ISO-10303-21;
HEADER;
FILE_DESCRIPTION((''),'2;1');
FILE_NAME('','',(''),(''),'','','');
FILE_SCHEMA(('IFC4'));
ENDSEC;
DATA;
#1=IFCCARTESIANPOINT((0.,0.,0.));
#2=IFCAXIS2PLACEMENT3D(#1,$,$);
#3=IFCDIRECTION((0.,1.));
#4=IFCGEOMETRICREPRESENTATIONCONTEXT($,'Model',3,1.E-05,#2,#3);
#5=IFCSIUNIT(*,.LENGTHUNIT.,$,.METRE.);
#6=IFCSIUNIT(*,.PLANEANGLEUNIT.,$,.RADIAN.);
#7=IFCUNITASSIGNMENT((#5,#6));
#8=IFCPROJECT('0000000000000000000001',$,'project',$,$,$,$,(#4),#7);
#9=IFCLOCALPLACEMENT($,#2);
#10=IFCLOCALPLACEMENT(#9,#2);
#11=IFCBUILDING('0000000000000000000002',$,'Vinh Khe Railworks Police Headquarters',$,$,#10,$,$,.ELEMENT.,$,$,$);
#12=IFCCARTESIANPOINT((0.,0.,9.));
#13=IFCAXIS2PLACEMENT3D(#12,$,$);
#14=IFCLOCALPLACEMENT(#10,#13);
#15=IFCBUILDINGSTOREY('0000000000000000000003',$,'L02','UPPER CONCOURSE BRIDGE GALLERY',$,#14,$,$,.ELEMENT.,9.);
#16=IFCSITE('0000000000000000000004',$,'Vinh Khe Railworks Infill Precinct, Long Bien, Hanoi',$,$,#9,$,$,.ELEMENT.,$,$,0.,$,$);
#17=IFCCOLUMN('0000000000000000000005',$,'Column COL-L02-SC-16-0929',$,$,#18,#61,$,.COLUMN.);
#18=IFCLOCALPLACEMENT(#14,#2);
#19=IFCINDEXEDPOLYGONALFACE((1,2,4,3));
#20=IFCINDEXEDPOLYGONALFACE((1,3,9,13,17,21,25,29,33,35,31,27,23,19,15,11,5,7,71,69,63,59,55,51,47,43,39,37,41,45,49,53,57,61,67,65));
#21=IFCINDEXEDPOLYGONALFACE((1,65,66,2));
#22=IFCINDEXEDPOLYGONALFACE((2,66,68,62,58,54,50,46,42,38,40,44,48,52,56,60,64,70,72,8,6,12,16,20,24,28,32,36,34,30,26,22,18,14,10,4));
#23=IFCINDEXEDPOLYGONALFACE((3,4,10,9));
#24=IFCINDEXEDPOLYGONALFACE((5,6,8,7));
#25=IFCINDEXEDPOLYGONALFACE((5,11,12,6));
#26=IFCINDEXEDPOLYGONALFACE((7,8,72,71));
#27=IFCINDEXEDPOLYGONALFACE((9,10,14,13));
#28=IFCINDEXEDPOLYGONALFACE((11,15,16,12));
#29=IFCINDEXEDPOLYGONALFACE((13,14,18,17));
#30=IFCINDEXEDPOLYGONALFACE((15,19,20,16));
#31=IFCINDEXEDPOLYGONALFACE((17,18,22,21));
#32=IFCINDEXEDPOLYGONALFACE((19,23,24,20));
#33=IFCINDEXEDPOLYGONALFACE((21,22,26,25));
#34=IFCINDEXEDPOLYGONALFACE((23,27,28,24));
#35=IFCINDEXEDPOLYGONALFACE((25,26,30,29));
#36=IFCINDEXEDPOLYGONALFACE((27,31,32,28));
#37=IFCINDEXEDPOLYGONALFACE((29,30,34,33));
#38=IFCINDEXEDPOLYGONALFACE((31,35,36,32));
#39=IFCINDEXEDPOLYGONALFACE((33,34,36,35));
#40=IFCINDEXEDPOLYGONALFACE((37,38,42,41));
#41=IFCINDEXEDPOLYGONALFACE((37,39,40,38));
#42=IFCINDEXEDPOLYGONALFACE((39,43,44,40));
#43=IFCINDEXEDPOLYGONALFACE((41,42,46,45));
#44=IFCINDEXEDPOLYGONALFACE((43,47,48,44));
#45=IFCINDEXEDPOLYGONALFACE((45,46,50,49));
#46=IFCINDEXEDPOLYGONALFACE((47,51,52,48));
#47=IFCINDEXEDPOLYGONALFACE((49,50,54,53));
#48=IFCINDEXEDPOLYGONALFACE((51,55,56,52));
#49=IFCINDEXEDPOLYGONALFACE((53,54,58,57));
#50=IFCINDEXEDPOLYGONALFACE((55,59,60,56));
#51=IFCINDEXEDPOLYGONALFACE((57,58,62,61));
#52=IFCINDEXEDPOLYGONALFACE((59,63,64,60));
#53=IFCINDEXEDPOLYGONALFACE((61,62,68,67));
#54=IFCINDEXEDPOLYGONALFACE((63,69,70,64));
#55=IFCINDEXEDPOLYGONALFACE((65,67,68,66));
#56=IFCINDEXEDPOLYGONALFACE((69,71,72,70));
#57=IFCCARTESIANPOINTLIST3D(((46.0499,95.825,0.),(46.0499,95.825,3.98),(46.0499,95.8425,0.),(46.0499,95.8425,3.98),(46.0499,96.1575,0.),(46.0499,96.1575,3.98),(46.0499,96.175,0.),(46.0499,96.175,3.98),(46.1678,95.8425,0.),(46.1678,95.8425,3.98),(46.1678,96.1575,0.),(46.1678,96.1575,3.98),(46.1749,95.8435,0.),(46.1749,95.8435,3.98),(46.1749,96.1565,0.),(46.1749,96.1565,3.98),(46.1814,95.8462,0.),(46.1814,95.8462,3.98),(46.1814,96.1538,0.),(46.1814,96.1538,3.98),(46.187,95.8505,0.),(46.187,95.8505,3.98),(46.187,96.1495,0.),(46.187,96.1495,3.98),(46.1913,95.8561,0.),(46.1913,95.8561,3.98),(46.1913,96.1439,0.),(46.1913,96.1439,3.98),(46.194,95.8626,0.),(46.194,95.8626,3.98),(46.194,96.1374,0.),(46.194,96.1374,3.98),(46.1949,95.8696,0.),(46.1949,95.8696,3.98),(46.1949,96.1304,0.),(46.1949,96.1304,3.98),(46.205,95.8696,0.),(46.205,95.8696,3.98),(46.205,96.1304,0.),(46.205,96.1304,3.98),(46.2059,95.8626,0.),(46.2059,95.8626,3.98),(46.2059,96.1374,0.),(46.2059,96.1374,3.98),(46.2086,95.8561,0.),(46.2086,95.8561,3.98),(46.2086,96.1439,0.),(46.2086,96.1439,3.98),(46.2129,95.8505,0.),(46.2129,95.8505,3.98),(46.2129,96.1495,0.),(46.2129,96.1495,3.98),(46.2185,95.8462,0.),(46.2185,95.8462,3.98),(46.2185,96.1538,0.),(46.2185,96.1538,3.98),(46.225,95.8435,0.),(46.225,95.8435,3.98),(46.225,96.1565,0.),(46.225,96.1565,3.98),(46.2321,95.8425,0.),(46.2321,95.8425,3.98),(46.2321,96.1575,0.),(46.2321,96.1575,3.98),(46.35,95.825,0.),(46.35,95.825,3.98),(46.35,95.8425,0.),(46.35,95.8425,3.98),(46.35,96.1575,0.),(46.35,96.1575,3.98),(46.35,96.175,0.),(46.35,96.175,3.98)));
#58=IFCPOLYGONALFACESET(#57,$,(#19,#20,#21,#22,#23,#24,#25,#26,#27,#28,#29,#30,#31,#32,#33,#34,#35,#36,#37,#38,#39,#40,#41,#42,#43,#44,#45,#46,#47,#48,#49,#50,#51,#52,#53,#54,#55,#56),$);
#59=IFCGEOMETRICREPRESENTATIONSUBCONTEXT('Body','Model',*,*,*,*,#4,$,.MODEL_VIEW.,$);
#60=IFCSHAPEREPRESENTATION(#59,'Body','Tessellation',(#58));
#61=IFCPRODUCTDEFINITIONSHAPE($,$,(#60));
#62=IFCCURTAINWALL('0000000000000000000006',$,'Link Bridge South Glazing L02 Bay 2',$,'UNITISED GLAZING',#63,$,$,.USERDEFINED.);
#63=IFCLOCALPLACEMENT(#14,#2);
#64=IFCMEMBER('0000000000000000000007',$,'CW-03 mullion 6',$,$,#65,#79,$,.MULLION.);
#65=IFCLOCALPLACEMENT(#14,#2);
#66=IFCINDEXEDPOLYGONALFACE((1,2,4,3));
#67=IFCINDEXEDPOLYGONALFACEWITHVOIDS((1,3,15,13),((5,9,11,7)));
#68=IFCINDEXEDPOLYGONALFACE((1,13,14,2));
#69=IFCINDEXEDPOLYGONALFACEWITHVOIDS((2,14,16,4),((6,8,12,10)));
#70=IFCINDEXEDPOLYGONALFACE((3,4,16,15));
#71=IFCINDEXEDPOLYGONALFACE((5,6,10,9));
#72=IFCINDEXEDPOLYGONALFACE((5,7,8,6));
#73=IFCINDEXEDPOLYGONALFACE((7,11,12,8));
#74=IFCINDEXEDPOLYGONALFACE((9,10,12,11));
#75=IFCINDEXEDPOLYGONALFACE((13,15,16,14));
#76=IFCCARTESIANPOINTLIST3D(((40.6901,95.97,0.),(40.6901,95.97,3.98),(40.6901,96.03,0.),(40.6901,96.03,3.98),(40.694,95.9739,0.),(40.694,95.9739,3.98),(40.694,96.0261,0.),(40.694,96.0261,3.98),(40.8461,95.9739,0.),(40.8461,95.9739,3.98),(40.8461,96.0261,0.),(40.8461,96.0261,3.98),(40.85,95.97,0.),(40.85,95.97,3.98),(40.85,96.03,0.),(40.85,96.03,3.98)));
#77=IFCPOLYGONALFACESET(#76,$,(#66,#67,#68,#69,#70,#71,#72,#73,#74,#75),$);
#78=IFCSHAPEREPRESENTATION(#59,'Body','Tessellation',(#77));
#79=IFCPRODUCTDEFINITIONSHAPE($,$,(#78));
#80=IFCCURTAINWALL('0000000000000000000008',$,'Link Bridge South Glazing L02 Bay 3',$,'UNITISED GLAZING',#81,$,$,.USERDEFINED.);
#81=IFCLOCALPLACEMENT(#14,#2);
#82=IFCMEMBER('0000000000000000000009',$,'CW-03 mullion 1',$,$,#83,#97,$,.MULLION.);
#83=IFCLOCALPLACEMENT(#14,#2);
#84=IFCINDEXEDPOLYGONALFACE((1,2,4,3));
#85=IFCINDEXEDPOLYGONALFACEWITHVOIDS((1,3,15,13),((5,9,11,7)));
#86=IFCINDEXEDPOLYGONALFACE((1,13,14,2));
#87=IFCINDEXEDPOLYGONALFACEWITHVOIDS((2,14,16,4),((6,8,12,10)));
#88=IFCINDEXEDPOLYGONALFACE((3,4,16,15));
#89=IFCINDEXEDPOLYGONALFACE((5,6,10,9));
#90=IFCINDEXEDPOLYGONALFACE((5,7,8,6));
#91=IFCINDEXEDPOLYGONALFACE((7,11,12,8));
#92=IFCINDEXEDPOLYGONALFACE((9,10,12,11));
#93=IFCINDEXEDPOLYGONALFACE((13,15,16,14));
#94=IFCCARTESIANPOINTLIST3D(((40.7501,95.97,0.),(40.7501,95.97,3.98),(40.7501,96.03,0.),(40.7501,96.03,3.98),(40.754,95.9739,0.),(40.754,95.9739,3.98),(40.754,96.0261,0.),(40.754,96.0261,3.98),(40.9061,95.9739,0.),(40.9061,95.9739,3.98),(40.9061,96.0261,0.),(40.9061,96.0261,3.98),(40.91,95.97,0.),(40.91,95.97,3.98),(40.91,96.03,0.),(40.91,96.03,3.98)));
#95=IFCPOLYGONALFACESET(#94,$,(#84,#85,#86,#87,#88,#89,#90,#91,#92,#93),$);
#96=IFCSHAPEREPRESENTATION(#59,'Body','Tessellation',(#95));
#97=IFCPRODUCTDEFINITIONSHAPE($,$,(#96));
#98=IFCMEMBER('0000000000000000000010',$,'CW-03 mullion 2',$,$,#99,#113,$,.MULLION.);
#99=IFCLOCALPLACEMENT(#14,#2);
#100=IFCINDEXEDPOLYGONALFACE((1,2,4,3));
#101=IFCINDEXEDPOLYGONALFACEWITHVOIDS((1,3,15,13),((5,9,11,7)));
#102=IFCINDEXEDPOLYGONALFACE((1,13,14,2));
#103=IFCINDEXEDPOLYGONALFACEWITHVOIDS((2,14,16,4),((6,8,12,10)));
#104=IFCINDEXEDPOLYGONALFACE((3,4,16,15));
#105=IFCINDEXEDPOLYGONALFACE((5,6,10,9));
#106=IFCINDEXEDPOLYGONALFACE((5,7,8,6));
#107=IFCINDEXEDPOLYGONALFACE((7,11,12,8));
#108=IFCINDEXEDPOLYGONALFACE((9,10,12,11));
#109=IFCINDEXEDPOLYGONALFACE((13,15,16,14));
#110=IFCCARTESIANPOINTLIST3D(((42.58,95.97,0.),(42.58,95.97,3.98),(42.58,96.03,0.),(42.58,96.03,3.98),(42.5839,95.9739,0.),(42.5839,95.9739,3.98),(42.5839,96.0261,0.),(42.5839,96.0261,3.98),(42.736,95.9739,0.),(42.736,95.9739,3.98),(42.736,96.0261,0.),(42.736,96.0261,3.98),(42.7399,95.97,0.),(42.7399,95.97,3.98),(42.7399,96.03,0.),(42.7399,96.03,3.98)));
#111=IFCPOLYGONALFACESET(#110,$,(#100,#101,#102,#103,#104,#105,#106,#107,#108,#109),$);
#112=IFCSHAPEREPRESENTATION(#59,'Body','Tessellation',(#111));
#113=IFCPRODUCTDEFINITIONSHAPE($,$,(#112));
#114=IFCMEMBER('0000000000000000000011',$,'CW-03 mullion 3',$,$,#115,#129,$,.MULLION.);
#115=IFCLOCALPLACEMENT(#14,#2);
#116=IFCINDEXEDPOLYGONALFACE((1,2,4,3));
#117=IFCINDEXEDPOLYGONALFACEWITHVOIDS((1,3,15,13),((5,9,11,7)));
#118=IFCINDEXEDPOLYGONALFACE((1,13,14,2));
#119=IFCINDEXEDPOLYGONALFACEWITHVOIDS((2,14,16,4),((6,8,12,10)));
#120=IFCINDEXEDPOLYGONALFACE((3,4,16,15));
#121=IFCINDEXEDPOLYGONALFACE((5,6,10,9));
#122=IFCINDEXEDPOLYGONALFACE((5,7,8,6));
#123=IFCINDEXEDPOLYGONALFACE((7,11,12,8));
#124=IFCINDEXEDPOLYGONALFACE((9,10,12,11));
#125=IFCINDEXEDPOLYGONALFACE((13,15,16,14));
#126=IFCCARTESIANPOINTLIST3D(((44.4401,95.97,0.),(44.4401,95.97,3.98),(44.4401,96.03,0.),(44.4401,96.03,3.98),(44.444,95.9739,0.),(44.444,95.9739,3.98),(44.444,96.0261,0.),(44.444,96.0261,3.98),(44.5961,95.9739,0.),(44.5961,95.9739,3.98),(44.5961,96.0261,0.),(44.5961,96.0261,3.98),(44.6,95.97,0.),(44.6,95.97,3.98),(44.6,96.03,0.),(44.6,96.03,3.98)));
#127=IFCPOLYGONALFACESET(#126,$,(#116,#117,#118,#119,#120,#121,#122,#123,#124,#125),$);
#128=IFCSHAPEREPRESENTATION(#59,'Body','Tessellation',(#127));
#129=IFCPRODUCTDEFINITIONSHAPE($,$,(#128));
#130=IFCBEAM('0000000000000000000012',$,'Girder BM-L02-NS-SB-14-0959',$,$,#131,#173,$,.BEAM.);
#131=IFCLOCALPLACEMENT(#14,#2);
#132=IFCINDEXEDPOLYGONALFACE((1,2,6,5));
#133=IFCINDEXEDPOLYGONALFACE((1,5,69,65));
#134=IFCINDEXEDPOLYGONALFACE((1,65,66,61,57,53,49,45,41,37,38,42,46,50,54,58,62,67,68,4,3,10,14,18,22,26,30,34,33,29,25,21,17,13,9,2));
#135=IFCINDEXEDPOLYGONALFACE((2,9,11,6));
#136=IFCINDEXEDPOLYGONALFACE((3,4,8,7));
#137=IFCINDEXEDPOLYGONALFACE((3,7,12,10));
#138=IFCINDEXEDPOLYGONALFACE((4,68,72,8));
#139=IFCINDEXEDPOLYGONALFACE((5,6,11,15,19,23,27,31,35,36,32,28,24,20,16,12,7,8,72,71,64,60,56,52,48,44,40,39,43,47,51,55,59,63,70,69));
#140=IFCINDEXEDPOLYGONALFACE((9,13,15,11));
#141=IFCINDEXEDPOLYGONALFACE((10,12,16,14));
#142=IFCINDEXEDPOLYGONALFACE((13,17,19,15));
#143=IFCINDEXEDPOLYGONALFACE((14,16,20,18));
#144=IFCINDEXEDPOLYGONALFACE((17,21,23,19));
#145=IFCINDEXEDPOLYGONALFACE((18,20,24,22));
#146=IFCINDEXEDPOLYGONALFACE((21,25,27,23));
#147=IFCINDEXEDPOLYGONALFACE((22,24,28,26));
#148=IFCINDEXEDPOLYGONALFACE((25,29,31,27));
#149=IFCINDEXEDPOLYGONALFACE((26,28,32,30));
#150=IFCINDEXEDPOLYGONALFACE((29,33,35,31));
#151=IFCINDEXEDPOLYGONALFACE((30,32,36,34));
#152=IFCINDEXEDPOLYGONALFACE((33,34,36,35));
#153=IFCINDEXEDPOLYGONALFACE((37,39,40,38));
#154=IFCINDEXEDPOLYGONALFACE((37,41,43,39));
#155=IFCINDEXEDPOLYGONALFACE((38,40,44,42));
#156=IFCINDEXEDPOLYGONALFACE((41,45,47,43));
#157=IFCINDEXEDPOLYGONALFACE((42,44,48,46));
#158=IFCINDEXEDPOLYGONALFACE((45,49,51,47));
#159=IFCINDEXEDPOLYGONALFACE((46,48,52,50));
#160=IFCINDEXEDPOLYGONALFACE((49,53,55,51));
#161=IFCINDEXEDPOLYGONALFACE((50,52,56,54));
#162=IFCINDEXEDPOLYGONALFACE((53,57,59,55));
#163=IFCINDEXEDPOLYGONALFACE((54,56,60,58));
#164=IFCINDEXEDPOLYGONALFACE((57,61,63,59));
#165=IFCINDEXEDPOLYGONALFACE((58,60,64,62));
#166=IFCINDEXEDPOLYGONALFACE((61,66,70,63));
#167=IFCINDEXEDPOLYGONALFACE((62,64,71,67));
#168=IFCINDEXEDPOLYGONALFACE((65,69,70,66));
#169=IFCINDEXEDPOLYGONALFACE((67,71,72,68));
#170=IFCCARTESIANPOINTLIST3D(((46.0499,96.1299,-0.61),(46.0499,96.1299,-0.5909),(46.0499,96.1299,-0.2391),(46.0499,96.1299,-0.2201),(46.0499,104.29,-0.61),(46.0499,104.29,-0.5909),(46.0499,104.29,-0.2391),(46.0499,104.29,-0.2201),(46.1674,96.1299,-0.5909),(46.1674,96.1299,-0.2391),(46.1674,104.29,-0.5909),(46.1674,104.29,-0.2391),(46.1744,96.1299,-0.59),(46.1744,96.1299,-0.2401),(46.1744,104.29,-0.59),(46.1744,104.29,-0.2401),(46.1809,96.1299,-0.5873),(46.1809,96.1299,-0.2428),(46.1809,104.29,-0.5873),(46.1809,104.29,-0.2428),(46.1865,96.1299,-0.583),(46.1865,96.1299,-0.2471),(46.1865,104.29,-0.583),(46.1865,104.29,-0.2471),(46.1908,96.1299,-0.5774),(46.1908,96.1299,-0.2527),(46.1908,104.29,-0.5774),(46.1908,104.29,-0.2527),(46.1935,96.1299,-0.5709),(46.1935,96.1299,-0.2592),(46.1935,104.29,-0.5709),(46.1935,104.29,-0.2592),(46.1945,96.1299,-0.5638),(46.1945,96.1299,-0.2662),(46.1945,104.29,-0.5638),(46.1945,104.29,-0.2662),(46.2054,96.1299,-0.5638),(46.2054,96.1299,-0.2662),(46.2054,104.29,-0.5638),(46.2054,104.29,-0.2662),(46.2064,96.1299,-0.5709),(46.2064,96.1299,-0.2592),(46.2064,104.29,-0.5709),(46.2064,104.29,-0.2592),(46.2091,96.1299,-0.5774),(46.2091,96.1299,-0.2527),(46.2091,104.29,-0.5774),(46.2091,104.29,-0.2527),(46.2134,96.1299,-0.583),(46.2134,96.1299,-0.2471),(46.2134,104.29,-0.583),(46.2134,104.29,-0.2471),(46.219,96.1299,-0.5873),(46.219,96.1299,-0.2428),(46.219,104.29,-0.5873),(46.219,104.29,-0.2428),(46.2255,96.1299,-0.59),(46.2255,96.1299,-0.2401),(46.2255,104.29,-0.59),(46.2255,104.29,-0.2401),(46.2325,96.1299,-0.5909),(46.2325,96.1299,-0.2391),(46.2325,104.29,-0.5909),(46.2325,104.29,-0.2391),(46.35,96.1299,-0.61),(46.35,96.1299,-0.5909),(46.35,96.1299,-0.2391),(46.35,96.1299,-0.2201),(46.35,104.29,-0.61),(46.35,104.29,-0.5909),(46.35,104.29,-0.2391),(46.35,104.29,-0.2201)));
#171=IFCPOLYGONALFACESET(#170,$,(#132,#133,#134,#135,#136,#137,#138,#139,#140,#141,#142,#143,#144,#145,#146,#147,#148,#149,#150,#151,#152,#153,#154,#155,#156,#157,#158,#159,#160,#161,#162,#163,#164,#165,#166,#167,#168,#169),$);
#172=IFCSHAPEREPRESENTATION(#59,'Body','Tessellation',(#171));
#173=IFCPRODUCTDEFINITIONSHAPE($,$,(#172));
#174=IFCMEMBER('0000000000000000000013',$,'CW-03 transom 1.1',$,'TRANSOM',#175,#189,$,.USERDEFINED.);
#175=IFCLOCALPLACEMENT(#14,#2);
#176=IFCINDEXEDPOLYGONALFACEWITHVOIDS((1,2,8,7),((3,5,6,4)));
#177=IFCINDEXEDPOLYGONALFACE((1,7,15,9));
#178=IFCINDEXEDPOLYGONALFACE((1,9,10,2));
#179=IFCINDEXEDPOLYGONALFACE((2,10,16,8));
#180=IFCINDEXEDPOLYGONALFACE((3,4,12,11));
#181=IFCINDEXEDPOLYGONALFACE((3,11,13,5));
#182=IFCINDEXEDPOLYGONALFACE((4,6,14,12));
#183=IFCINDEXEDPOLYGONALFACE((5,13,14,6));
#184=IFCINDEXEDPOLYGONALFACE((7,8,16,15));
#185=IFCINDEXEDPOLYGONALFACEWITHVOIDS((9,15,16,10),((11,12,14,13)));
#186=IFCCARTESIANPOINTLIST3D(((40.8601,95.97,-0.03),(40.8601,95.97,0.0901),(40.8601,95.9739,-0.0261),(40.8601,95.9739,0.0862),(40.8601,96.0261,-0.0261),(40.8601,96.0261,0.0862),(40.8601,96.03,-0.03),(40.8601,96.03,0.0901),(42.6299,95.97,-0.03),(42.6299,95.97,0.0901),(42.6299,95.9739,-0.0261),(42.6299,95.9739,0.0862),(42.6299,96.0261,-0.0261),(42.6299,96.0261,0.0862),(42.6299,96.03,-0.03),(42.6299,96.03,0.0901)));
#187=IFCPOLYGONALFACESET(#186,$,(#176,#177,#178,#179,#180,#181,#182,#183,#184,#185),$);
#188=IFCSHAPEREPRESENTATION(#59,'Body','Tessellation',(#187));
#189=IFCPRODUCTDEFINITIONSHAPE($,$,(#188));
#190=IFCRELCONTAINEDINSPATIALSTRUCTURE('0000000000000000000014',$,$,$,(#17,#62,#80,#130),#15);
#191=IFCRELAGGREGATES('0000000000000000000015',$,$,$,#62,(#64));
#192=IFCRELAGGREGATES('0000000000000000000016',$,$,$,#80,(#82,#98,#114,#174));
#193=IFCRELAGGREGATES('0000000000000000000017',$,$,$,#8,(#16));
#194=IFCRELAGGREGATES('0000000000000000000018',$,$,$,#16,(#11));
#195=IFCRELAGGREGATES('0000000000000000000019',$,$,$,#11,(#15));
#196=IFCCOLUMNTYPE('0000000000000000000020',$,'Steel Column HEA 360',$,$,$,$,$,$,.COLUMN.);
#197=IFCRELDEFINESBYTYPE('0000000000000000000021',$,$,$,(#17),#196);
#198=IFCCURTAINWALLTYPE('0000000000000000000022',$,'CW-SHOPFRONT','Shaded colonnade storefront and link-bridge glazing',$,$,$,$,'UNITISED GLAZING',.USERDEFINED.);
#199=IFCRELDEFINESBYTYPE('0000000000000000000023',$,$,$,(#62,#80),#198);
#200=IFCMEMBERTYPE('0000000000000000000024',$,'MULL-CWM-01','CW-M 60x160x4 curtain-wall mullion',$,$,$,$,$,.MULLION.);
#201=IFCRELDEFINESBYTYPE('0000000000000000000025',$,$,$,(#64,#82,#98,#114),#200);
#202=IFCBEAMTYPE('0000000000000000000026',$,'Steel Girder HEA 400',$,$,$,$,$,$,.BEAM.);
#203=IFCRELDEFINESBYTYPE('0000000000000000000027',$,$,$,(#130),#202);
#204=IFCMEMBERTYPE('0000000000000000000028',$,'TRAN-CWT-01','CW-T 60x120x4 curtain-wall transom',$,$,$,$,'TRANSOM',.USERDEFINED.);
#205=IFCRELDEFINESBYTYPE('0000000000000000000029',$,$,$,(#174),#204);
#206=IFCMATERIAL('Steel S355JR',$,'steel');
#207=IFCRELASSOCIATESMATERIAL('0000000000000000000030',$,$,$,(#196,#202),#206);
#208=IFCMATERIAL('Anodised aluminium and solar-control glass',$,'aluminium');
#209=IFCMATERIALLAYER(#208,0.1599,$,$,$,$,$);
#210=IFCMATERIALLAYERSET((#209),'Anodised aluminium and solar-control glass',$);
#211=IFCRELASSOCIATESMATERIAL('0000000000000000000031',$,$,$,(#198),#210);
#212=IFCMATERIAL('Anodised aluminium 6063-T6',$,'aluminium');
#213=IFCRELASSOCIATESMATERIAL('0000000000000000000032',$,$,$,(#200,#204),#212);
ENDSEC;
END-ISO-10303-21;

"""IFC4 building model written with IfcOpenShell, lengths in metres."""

from ifc_helpers import new_model, si_unit, direction, frame, origin, origin_2d, place, context, subcontext, project, spatial, hollow_rectangle, i_section, extrude, material, layer, layer_set, material_profile, profile_set, type_object, element, aggregate, save


model = new_model("IFC4")

# Units and contexts
model_context = context("Model", 3, precision=1e-05, world=origin(), true_north=direction((0.0, 1.0)))
body_context = subcontext(model_context, "Body", "Model", "MODEL_VIEW")
ifc_project = project(units=[si_unit("LENGTHUNIT", "METRE"), si_unit("PLANEANGLEUNIT", "RADIAN")], contexts=[model_context])

# Site, building, storey
site_placement = place(None, origin())
site = spatial("IfcSite", under=ifc_project, at=site_placement, Name="Vinh Khe Railworks Infill Precinct, Long Bien, Hanoi", CompositionType="ELEMENT", RefElevation=0.0)
building_placement = place(site_placement, origin())
building = spatial("IfcBuilding", under=site, at=building_placement, Name="Vinh Khe Railworks Police Headquarters", CompositionType="ELEMENT")
storey_placement = place(building_placement, frame((0.0, 0.0, 9.0)))
storey = spatial("IfcBuildingStorey", under=building, at=storey_placement, Name="L02", Description="UPPER CONCOURSE BRIDGE GALLERY", CompositionType="ELEMENT", Elevation=9.0)

# Column
ifc_material_1 = material(Name="Steel S355JR", Category="steel")
ifc_material_profile_1 = material_profile(ifc_material_1, i_section(OverallWidth=0.3, OverallDepth=0.3501, WebThickness=0.01, FlangeThickness=0.0176, FilletRadius=0.0271, at=origin_2d()), Name="HEA 360")
ifc_profile_set_1 = profile_set([ifc_material_profile_1], Name="Steel S355JR")
column_type = type_object("IfcColumnType", Name="Steel Column HEA 360", PredefinedType="COLUMN", material=ifc_profile_set_1)
column_placement = place(storey_placement, frame((46.2, 96.0, 0.0), z_axis=(0.0, 0.0, 1.0), x_axis=(1.0, 0.0, 0.0)))
element("IfcColumn", 1, at=column_placement, inside=storey, type_object=column_type, Name="Column COL-L02-SC-16-0929", PredefinedType="COLUMN", context=body_context, shape_type="SweptSolid", body=[
    extrude(i_section(OverallWidth=0.3, OverallDepth=0.3501, WebThickness=0.01, FlangeThickness=0.0176, FilletRadius=0.0271, at=origin_2d()), origin(), (0.0, 0.0, 1.0), 3.98),
])

# Curtain wall, member
ifc_material_2 = material(Name="Anodised aluminium and solar-control glass", Category="aluminium")
ifc_layer_1 = layer(ifc_material_2, 0.1599)
ifc_layer_set_1 = layer_set([ifc_layer_1], Name="Anodised aluminium and solar-control glass")
curtain_wall_type = type_object("IfcCurtainWallType", Name="CW-SHOPFRONT", Description="Shaded colonnade storefront and link-bridge glazing", ElementType="UNITISED GLAZING", PredefinedType="USERDEFINED", material=ifc_layer_set_1)
curtain_wall_1_placement = place(storey_placement, origin())
curtain_wall_1 = element("IfcCurtainWall", 2, at=curtain_wall_1_placement, inside=storey, type_object=curtain_wall_type, Name="Link Bridge South Glazing L02 Bay 2", ObjectType="UNITISED GLAZING", PredefinedType="USERDEFINED")
ifc_material_3 = material(Name="Anodised aluminium 6063-T6", Category="aluminium")
ifc_material_profile_2 = material_profile(ifc_material_3, hollow_rectangle(XDim=0.0601, YDim=0.1599, WallThickness=0.0039, at=origin_2d()), Name="CW-M 60x160x4")
ifc_profile_set_2 = profile_set([ifc_material_profile_2], Name="Anodised aluminium 6063-T6")
member_type_1 = type_object("IfcMemberType", Name="MULL-CWM-01", Description="CW-M 60x160x4 curtain-wall mullion", PredefinedType="MULLION", material=ifc_profile_set_2)
member_1_placement = place(storey_placement, frame((40.77, 96.0, 0.0), z_axis=(0.0, 0.0, 1.0), x_axis=(0.0, 1.0, 0.0)))
member_1 = element("IfcMember", 3, at=member_1_placement, type_object=member_type_1, Name="CW-03 mullion 6", PredefinedType="MULLION", context=body_context, shape_type="SweptSolid", body=[
    extrude(hollow_rectangle(XDim=0.0601, YDim=0.1599, WallThickness=0.0039, at=origin_2d()), origin(), (0.0, 0.0, 1.0), 3.98),
])
aggregate(curtain_wall_1, [member_1])

# Curtain wall, members
curtain_wall_2_placement = place(storey_placement, origin())
curtain_wall_2 = element("IfcCurtainWall", 4, at=curtain_wall_2_placement, inside=storey, type_object=curtain_wall_type, Name="Link Bridge South Glazing L02 Bay 3", ObjectType="UNITISED GLAZING", PredefinedType="USERDEFINED")
member_2_placement = place(storey_placement, frame((40.8301, 96.0, 0.0), z_axis=(0.0, 0.0, 1.0), x_axis=(0.0, 1.0, 0.0)))
member_2 = element("IfcMember", 5, at=member_2_placement, type_object=member_type_1, Name="CW-03 mullion 1", PredefinedType="MULLION", context=body_context, shape_type="SweptSolid", body=[
    extrude(hollow_rectangle(XDim=0.0601, YDim=0.1599, WallThickness=0.0039, at=origin_2d()), origin(), (0.0, 0.0, 1.0), 3.98),
])
member_3_placement = place(storey_placement, frame((42.6599, 96.0, 0.0), z_axis=(0.0, 0.0, 1.0), x_axis=(0.0, 1.0, 0.0)))
member_3 = element("IfcMember", 6, at=member_3_placement, type_object=member_type_1, Name="CW-03 mullion 2", PredefinedType="MULLION", context=body_context, shape_type="SweptSolid", body=[
    extrude(hollow_rectangle(XDim=0.0601, YDim=0.1599, WallThickness=0.0039, at=origin_2d()), origin(), (0.0, 0.0, 1.0), 3.98),
])
member_4_placement = place(storey_placement, frame((44.52, 96.0, 0.0), z_axis=(0.0, 0.0, 1.0), x_axis=(0.0, 1.0, 0.0)))
member_4 = element("IfcMember", 7, at=member_4_placement, type_object=member_type_1, Name="CW-03 mullion 3", PredefinedType="MULLION", context=body_context, shape_type="SweptSolid", body=[
    extrude(hollow_rectangle(XDim=0.0601, YDim=0.1599, WallThickness=0.0039, at=origin_2d()), origin(), (0.0, 0.0, 1.0), 3.98),
])

# Beam
ifc_material_profile_3 = material_profile(ifc_material_1, i_section(OverallWidth=0.3, OverallDepth=0.3899, WebThickness=0.011, FlangeThickness=0.019, FilletRadius=0.0271, at=origin_2d()), Name="HEA 400")
ifc_profile_set_3 = profile_set([ifc_material_profile_3], Name="Steel S355JR")
beam_type = type_object("IfcBeamType", Name="Steel Girder HEA 400", PredefinedType="BEAM", material=ifc_profile_set_3)
beam_placement = place(storey_placement, frame((46.2, 96.1299, -0.415), z_axis=(0.0, 1.0, 0.0), x_axis=(-1.0, 0.0, 0.0)))
element("IfcBeam", 8, at=beam_placement, inside=storey, type_object=beam_type, Name="Girder BM-L02-NS-SB-14-0959", PredefinedType="BEAM", context=body_context, shape_type="SweptSolid", body=[
    extrude(i_section(OverallWidth=0.3, OverallDepth=0.3899, WebThickness=0.011, FlangeThickness=0.019, FilletRadius=0.0271, at=origin_2d()), origin(), (0.0, 0.0, 1.0), 8.1602),
])

# Member
ifc_material_profile_4 = material_profile(ifc_material_3, hollow_rectangle(XDim=0.0601, YDim=0.1201, WallThickness=0.0039, at=origin_2d()), Name="CW-T 60x120x4")
ifc_profile_set_4 = profile_set([ifc_material_profile_4], Name="Anodised aluminium 6063-T6")
member_type_2 = type_object("IfcMemberType", Name="TRAN-CWT-01", Description="CW-T 60x120x4 curtain-wall transom", ElementType="TRANSOM", PredefinedType="USERDEFINED", material=ifc_profile_set_4)
member_5_placement = place(storey_placement, frame((40.8601, 96.0, 0.03), z_axis=(1.0, 0.0, 0.0), x_axis=(0.0, 1.0, 0.0)))
member_5 = element("IfcMember", 9, at=member_5_placement, type_object=member_type_2, Name="CW-03 transom 1.1", ObjectType="TRANSOM", PredefinedType="USERDEFINED", context=body_context, shape_type="SweptSolid", body=[
    extrude(hollow_rectangle(XDim=0.0601, YDim=0.1201, WallThickness=0.0039, at=origin_2d()), origin(), (0.0, 0.0, 1.0), 1.7698),
])

aggregate(curtain_wall_2, [member_2, member_3, member_4, member_5])

save(model, "model.ifc")
